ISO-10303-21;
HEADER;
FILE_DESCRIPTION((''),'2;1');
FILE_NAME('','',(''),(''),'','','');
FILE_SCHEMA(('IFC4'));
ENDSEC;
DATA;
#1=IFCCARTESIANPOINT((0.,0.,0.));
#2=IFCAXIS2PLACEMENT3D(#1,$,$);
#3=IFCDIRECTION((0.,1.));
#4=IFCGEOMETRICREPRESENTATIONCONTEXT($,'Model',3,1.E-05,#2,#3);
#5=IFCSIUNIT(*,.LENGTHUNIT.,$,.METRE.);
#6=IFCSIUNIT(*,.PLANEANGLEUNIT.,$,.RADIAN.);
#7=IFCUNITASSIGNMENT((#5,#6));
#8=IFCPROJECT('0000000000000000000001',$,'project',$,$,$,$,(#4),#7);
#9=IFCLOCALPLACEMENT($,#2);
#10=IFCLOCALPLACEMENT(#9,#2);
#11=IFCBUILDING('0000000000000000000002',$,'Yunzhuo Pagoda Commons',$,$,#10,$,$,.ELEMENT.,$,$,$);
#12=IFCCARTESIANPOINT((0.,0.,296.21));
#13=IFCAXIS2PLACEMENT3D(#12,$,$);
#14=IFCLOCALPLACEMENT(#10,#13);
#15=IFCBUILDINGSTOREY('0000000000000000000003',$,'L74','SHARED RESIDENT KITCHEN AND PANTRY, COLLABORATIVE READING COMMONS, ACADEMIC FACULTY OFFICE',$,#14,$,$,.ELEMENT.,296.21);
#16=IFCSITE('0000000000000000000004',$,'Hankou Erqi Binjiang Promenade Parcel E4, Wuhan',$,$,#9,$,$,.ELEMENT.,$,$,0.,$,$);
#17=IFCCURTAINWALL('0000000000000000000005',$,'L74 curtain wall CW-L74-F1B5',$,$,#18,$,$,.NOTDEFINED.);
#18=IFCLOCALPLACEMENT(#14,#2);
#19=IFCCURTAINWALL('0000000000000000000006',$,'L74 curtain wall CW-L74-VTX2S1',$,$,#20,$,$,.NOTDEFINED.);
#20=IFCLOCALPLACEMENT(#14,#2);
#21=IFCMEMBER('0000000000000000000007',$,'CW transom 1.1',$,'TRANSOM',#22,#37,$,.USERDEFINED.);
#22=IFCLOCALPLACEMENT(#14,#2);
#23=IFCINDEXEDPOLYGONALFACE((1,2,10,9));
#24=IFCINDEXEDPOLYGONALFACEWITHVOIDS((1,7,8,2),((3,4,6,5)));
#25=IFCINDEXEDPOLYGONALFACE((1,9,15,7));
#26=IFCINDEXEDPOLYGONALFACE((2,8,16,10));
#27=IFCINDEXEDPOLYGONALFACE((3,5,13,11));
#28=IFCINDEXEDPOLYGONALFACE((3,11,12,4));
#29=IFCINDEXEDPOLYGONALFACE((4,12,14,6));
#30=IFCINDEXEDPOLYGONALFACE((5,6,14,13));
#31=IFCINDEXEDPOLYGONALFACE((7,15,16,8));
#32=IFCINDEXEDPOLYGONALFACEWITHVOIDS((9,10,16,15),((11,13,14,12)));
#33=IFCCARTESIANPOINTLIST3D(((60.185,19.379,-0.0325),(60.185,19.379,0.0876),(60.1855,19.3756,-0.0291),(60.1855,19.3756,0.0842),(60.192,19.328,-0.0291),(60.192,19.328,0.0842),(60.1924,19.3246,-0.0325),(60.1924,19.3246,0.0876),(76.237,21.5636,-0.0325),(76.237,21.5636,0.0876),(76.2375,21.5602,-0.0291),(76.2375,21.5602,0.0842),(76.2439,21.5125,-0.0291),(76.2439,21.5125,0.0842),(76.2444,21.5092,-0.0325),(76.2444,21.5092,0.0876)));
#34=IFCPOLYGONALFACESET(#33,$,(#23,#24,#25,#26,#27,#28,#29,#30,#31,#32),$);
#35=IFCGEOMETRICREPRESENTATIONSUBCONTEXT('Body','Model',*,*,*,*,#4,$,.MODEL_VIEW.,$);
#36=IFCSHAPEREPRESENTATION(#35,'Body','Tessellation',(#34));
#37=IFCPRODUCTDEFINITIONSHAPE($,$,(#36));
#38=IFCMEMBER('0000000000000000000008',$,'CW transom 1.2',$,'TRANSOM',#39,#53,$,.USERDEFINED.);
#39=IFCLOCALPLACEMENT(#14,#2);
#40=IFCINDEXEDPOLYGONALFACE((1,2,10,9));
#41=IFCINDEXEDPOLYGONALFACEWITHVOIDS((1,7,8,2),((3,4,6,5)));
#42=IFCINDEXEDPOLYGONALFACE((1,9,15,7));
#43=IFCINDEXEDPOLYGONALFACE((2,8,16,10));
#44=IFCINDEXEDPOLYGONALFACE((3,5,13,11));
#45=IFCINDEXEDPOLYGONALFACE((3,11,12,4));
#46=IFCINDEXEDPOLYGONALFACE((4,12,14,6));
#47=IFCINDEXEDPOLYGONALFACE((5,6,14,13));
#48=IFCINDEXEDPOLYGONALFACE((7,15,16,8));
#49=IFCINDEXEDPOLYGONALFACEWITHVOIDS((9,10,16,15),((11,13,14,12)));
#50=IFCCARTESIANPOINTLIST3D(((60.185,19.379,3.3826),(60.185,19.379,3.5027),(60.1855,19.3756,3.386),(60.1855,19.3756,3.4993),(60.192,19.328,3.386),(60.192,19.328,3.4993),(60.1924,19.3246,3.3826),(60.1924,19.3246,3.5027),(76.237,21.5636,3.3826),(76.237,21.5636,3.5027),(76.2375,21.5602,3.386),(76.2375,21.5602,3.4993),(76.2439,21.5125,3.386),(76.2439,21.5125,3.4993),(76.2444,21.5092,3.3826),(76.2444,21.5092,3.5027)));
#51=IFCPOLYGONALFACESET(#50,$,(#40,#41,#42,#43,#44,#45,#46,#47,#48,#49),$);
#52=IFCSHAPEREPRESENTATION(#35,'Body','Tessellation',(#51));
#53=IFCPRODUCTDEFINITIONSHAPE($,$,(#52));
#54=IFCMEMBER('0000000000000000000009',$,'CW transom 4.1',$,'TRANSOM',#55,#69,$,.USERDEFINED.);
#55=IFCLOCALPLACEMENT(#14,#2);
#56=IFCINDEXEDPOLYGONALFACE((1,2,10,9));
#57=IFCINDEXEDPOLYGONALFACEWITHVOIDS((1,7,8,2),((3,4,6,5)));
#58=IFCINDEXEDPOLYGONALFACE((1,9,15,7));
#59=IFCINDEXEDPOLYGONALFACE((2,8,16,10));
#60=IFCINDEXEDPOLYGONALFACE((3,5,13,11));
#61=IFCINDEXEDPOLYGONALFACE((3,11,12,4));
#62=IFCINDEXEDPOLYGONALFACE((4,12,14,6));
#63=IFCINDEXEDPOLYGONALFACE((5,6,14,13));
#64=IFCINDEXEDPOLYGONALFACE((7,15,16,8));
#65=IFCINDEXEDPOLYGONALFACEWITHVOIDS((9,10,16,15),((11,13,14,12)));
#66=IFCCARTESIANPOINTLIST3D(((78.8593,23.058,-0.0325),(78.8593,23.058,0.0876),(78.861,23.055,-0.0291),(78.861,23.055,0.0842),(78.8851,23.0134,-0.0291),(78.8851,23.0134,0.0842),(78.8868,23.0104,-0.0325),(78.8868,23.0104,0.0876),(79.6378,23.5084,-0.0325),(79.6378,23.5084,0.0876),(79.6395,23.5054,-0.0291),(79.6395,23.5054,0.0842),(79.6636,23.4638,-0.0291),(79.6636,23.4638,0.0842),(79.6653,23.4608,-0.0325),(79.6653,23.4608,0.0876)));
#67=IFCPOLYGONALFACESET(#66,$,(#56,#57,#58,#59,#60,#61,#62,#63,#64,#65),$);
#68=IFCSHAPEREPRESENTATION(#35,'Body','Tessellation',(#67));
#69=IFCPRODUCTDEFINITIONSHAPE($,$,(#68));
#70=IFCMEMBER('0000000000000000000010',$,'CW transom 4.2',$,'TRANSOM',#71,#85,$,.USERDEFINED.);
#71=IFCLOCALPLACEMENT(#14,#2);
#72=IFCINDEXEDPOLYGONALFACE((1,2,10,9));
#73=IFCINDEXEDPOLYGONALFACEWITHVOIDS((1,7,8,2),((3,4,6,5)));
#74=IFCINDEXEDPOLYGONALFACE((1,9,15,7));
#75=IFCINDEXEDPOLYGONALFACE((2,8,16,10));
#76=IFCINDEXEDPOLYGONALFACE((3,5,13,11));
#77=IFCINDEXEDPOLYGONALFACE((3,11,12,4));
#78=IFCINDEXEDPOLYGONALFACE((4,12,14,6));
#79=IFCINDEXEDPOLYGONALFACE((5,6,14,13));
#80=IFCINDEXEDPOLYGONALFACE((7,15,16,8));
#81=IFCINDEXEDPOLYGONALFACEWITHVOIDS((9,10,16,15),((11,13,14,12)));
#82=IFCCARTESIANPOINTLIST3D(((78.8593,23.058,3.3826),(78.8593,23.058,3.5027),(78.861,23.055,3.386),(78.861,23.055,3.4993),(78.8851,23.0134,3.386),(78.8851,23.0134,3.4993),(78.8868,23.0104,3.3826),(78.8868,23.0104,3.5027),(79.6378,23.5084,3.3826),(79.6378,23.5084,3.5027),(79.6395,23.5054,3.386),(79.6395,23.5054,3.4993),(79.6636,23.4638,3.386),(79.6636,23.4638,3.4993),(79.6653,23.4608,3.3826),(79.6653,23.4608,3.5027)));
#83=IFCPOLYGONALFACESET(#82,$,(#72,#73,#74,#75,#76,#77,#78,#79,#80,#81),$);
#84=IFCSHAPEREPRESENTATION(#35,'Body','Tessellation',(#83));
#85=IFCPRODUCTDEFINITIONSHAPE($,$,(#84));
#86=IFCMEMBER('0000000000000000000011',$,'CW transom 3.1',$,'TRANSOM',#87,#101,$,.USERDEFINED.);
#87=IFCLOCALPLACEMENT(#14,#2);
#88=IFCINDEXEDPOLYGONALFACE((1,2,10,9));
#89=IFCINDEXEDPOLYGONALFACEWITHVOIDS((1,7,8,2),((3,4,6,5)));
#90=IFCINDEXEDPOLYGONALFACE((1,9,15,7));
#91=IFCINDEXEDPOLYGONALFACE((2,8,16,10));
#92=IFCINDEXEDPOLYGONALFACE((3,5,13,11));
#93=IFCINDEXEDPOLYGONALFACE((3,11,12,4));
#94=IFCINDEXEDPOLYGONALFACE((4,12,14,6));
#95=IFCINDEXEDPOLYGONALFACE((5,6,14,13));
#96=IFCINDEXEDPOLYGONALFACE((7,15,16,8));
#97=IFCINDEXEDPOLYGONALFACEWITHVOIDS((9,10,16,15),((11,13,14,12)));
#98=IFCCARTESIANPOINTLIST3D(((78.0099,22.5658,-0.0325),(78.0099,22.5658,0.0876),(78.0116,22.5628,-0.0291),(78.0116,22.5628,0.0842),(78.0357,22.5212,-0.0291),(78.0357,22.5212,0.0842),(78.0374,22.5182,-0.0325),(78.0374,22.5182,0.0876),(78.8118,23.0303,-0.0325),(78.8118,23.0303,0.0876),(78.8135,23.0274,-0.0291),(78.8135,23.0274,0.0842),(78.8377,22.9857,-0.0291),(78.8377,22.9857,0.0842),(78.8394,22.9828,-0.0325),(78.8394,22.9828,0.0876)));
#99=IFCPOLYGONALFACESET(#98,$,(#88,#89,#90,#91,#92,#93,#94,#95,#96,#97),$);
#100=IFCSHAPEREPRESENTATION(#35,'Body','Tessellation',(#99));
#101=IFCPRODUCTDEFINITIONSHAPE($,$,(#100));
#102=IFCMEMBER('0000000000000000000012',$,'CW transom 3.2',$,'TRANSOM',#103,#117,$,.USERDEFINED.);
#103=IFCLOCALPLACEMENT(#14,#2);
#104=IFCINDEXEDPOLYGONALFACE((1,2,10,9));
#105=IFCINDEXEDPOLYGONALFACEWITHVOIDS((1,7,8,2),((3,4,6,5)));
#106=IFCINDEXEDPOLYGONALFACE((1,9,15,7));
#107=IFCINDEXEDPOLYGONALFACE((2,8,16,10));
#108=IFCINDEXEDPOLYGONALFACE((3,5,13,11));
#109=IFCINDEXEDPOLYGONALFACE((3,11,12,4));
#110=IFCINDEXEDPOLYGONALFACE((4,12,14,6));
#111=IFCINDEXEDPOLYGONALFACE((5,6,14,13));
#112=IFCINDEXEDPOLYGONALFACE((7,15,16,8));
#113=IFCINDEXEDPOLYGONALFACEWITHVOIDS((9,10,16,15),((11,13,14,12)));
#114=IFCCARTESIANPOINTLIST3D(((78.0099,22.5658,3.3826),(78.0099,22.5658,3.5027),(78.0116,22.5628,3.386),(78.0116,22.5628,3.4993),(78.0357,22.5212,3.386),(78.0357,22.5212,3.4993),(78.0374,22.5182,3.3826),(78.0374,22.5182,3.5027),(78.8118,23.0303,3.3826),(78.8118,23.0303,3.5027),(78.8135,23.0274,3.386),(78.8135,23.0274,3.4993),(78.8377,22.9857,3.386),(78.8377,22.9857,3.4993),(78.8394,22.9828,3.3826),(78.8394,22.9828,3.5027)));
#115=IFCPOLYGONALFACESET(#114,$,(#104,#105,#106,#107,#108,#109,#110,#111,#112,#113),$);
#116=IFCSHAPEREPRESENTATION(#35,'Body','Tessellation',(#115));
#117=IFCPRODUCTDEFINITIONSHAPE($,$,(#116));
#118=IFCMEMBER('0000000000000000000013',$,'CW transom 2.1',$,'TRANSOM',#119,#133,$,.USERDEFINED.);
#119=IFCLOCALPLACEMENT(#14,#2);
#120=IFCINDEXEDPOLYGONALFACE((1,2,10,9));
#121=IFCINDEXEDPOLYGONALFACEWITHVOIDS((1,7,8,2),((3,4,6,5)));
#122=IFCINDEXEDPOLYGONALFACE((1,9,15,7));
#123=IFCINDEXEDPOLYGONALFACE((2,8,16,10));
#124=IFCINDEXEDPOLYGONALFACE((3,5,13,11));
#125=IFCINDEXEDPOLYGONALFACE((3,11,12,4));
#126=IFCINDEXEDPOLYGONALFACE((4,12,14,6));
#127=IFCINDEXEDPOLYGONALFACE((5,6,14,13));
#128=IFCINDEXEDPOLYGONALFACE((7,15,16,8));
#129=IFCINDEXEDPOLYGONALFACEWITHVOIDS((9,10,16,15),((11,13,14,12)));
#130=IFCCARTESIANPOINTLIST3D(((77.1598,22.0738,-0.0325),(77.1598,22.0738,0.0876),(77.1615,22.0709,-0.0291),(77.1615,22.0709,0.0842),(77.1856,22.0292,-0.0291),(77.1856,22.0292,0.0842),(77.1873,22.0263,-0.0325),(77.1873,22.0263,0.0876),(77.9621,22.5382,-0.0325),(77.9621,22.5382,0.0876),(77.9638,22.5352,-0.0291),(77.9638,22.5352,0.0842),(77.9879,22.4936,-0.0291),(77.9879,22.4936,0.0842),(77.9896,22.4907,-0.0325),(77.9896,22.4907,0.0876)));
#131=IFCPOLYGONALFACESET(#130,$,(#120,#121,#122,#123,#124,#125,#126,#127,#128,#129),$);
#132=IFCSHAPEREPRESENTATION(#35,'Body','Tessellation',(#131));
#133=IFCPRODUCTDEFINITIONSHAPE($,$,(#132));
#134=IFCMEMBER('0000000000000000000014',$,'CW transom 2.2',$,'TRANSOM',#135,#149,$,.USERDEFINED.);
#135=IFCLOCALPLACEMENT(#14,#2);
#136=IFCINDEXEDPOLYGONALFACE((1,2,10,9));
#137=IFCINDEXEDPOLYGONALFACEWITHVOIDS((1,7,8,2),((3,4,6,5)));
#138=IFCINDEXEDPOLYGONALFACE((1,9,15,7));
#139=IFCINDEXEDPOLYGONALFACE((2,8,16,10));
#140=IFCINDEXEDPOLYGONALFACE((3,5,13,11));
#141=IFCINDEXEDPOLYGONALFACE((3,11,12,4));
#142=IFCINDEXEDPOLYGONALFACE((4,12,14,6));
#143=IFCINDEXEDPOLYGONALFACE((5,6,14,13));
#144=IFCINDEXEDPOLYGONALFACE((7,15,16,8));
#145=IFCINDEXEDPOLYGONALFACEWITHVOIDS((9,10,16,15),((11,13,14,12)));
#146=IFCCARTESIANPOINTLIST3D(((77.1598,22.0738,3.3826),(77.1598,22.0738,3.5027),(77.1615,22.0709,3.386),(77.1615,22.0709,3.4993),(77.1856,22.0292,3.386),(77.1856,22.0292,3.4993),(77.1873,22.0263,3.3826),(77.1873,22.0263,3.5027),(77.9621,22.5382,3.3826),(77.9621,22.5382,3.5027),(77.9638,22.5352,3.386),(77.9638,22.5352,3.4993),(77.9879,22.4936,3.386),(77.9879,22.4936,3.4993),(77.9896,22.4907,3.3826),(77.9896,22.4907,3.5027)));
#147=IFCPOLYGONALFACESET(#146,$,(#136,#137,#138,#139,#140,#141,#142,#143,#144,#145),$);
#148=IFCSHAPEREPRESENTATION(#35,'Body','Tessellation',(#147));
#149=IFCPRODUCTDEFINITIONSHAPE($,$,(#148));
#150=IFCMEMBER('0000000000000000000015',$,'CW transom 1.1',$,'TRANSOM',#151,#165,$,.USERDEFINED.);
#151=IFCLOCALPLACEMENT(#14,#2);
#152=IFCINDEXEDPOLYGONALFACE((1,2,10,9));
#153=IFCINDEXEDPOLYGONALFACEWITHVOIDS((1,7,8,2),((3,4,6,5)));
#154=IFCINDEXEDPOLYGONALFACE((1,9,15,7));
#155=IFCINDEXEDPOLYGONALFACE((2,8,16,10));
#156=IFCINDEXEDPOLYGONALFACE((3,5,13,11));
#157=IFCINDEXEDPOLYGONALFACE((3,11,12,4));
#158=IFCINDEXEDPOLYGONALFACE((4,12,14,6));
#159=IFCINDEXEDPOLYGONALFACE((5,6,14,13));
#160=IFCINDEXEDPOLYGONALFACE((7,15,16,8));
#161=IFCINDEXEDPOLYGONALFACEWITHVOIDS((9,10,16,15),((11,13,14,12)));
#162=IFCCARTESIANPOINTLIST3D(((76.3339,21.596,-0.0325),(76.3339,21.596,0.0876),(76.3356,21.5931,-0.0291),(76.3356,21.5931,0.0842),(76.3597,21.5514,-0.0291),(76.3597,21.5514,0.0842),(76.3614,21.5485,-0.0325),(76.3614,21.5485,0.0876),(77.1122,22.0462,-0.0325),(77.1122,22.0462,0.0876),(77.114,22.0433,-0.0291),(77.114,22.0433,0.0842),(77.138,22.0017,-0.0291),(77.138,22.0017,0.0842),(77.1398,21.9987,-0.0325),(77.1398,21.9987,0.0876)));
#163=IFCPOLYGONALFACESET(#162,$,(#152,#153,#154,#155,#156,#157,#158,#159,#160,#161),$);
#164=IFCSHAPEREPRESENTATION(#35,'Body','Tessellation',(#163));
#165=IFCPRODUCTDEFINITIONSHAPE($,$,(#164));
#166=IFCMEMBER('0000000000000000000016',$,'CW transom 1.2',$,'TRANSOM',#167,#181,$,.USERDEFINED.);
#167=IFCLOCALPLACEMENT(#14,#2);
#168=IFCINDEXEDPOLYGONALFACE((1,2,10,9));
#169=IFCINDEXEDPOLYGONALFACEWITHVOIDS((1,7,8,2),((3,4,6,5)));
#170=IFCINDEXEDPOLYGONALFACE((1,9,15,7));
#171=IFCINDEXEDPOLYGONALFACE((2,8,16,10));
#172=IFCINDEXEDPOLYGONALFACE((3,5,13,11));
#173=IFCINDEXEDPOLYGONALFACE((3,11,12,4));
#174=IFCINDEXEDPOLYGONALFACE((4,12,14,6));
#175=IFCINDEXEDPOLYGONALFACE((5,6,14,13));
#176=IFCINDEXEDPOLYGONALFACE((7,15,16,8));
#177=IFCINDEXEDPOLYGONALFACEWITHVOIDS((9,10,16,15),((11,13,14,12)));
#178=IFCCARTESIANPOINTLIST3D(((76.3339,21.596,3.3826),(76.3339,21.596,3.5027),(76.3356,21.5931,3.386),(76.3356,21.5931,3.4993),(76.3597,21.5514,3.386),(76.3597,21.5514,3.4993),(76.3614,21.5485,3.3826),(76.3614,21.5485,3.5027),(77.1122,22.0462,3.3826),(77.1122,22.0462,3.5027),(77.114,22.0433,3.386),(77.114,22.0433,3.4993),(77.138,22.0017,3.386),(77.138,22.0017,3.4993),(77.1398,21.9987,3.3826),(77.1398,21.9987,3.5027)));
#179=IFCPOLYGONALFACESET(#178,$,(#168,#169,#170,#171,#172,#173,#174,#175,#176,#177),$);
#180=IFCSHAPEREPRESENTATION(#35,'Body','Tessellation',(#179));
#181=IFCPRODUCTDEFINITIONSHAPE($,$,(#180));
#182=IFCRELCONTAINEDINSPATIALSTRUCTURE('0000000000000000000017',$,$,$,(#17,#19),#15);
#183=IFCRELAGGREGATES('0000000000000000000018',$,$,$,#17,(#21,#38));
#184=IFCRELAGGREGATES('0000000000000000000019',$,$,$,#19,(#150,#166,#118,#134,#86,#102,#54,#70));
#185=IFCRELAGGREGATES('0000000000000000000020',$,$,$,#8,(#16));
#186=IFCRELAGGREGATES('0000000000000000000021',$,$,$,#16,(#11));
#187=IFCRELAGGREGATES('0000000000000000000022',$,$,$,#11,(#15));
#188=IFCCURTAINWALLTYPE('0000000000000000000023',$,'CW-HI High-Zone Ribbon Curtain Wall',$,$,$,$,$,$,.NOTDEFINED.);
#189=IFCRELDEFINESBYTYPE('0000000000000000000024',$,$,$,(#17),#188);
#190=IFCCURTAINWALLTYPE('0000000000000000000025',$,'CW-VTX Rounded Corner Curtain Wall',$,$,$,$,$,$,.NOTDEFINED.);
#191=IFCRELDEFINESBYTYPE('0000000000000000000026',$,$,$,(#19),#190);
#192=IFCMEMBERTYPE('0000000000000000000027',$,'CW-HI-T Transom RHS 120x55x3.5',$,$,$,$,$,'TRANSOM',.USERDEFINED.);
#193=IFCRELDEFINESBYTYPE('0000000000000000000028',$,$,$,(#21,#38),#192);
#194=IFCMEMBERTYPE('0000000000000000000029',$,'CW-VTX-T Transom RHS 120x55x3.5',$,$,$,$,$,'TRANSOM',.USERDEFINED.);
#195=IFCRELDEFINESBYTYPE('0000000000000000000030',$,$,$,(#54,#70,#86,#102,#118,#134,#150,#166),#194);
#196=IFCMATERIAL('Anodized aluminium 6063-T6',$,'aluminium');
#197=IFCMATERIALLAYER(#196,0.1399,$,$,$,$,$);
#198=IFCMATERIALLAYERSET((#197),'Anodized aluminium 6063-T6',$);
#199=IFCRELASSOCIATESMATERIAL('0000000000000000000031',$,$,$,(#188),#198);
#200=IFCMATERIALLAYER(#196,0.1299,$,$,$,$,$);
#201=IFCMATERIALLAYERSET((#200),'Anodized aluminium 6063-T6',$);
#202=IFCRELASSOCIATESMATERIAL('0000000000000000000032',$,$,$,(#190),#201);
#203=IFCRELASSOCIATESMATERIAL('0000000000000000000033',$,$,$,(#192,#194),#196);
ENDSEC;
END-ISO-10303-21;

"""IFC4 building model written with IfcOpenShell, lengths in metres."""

from ifc_helpers import new_model, si_unit, direction, frame, origin, origin_2d, place, context, subcontext, project, spatial, hollow_rectangle, extrude, source, transform, mapped, material, layer, layer_set, material_profile, profile_set, type_object, element, aggregate, save


model = new_model("IFC4")

# Units and contexts
model_context = context("Model", 3, precision=1e-05, world=origin(), true_north=direction((0.0, 1.0)))
body_context = subcontext(model_context, "Body", "Model", "MODEL_VIEW")
ifc_project = project(units=[si_unit("LENGTHUNIT", "METRE"), si_unit("PLANEANGLEUNIT", "RADIAN")], contexts=[model_context])

# Site, building, storey
site_placement = place(None, origin())
site = spatial("IfcSite", under=ifc_project, at=site_placement, Name="Hankou Erqi Binjiang Promenade Parcel E4, Wuhan", CompositionType="ELEMENT", RefElevation=0.0)
building_placement = place(site_placement, origin())
building = spatial("IfcBuilding", under=site, at=building_placement, Name="Yunzhuo Pagoda Commons", CompositionType="ELEMENT")
storey_placement = place(building_placement, frame((0.0, 0.0, 296.21)))
storey = spatial("IfcBuildingStorey", under=building, at=storey_placement, Name="L74", Description="SHARED RESIDENT KITCHEN AND PANTRY, COLLABORATIVE READING COMMONS, ACADEMIC FACULTY OFFICE", CompositionType="ELEMENT", Elevation=296.21)

# Shared definitions
ifc_material_1 = material(Name="Anodized aluminium 6063-T6", Category="aluminium")
ifc_layer_1 = layer(ifc_material_1, 0.1399)
ifc_layer_set_1 = layer_set([ifc_layer_1], Name="Anodized aluminium 6063-T6")
curtain_wall_type_1 = type_object("IfcCurtainWallType", Name="CW-HI High-Zone Ribbon Curtain Wall", PredefinedType="NOTDEFINED", material=ifc_layer_set_1)

# Curtain walls
curtain_wall_1_placement = place(storey_placement, origin())
curtain_wall_1 = element("IfcCurtainWall", 1, at=curtain_wall_1_placement, inside=storey, type_object=curtain_wall_type_1, Name="L74 curtain wall CW-L74-F1B5", PredefinedType="NOTDEFINED")
ifc_layer_2 = layer(ifc_material_1, 0.1299)
ifc_layer_set_2 = layer_set([ifc_layer_2], Name="Anodized aluminium 6063-T6")
curtain_wall_type_2 = type_object("IfcCurtainWallType", Name="CW-VTX Rounded Corner Curtain Wall", PredefinedType="NOTDEFINED", material=ifc_layer_set_2)
curtain_wall_2_placement = place(storey_placement, origin())
curtain_wall_2 = element("IfcCurtainWall", 2, at=curtain_wall_2_placement, inside=storey, type_object=curtain_wall_type_2, Name="L74 curtain wall CW-L74-VTX2S1", PredefinedType="NOTDEFINED")

# Members
ifc_material_profile_1 = material_profile(ifc_material_1, hollow_rectangle(XDim=0.0549, YDim=0.1201, WallThickness=0.0034, at=origin_2d()), Name="Anodized aluminium 6063-T6")
ifc_profile_set_1 = profile_set([ifc_material_profile_1], Name="Anodized aluminium 6063-T6")
member_type_1 = type_object("IfcMemberType", Name="CW-HI-T Transom RHS 120x55x3.5", ElementType="TRANSOM", PredefinedType="USERDEFINED", material=ifc_profile_set_1)
shared_shape_1 = source(origin(), body_context, "Body", "SweptSolid", [
    extrude(hollow_rectangle(XDim=0.0549, YDim=0.1201, WallThickness=0.0034, at=origin_2d()), origin(), (0.0, 0.0, 1.0), 16.2),
])
member_1_placement = place(storey_placement, frame((60.1887, 19.3518, 0.0276), z_axis=(0.990866, 0.13485, 0.0), x_axis=(-0.13485, 0.990866, 0.0)))
member_1 = element("IfcMember", 3, at=member_1_placement, type_object=member_type_1, Name="CW transom 1.1", ObjectType="TRANSOM", PredefinedType="USERDEFINED", context=body_context, shape_type="MappedRepresentation", body=[
    mapped(shared_shape_1, transform((0.0, 0.0, 0.0), scale=1.0)),
])
member_2_placement = place(storey_placement, frame((60.1887, 19.3518, 3.4426), z_axis=(0.990866, 0.13485, 0.0), x_axis=(-0.13485, 0.990866, 0.0)))
member_2 = element("IfcMember", 4, at=member_2_placement, type_object=member_type_1, Name="CW transom 1.2", ObjectType="TRANSOM", PredefinedType="USERDEFINED", context=body_context, shape_type="MappedRepresentation", body=[
    mapped(shared_shape_1, transform((0.0, 0.0, 0.0), scale=1.0)),
])
ifc_material_profile_2 = material_profile(ifc_material_1, hollow_rectangle(XDim=0.0549, YDim=0.1201, WallThickness=0.0034, at=origin_2d()), Name="Anodized aluminium 6063-T6")
ifc_profile_set_2 = profile_set([ifc_material_profile_2], Name="Anodized aluminium 6063-T6")
member_type_2 = type_object("IfcMemberType", Name="CW-VTX-T Transom RHS 120x55x3.5", ElementType="TRANSOM", PredefinedType="USERDEFINED", material=ifc_profile_set_2)
shared_shape_2 = source(origin(), body_context, "Body", "SweptSolid", [
    extrude(hollow_rectangle(XDim=0.0549, YDim=0.1201, WallThickness=0.0034, at=origin_2d()), origin(), (0.0, 0.0, 1.0), 0.8994),
])
member_3_placement = place(storey_placement, frame((78.873, 23.0342, 0.0276), z_axis=(0.865575, 0.500779, 0.0), x_axis=(-0.500779, 0.865575, 0.0)))
member_3 = element("IfcMember", 5, at=member_3_placement, type_object=member_type_2, Name="CW transom 4.1", ObjectType="TRANSOM", PredefinedType="USERDEFINED", context=body_context, shape_type="MappedRepresentation", body=[
    mapped(shared_shape_2, transform((0.0, 0.0, 0.0), scale=1.0)),
])
member_4_placement = place(storey_placement, frame((78.873, 23.0342, 3.4426), z_axis=(0.865575, 0.500779, 0.0), x_axis=(-0.500779, 0.865575, 0.0)))
member_4 = element("IfcMember", 6, at=member_4_placement, type_object=member_type_2, Name="CW transom 4.2", ObjectType="TRANSOM", PredefinedType="USERDEFINED", context=body_context, shape_type="MappedRepresentation", body=[
    mapped(shared_shape_2, transform((0.0, 0.0, 0.0), scale=1.0)),
])
shared_shape_3 = source(origin(), body_context, "Body", "SweptSolid", [
    extrude(hollow_rectangle(XDim=0.0549, YDim=0.1201, WallThickness=0.0034, at=origin_2d()), origin(), (0.0, 0.0, 1.0), 0.9268),
])
member_5_placement = place(storey_placement, frame((78.0237, 22.542, 0.0276), z_axis=(0.865294, 0.501265, 0.0), x_axis=(-0.501265, 0.865294, 0.0)))
member_5 = element("IfcMember", 7, at=member_5_placement, type_object=member_type_2, Name="CW transom 3.1", ObjectType="TRANSOM", PredefinedType="USERDEFINED", context=body_context, shape_type="MappedRepresentation", body=[
    mapped(shared_shape_3, transform((0.0, 0.0, 0.0), scale=1.0)),
])
member_6_placement = place(storey_placement, frame((78.0237, 22.542, 3.4426), z_axis=(0.865294, 0.501265, 0.0), x_axis=(-0.501265, 0.865294, 0.0)))
member_6 = element("IfcMember", 8, at=member_6_placement, type_object=member_type_2, Name="CW transom 3.2", ObjectType="TRANSOM", PredefinedType="USERDEFINED", context=body_context, shape_type="MappedRepresentation", body=[
    mapped(shared_shape_3, transform((0.0, 0.0, 0.0), scale=1.0)),
])
shared_shape_4 = source(origin(), body_context, "Body", "SweptSolid", [
    extrude(hollow_rectangle(XDim=0.0549, YDim=0.1201, WallThickness=0.0034, at=origin_2d()), origin(), (0.0, 0.0, 1.0), 0.927),
])
member_7_placement = place(storey_placement, frame((77.1736, 22.05, 0.0276), z_axis=(0.865474, 0.500953, 0.0), x_axis=(-0.500953, 0.865474, 0.0)))
member_7 = element("IfcMember", 9, at=member_7_placement, type_object=member_type_2, Name="CW transom 2.1", ObjectType="TRANSOM", PredefinedType="USERDEFINED", context=body_context, shape_type="MappedRepresentation", body=[
    mapped(shared_shape_4, transform((0.0, 0.0, 0.0), scale=1.0)),
])
member_8_placement = place(storey_placement, frame((77.1736, 22.05, 3.4426), z_axis=(0.865474, 0.500953, 0.0), x_axis=(-0.500953, 0.865474, 0.0)))
member_8 = element("IfcMember", 10, at=member_8_placement, type_object=member_type_2, Name="CW transom 2.2", ObjectType="TRANSOM", PredefinedType="USERDEFINED", context=body_context, shape_type="MappedRepresentation", body=[
    mapped(shared_shape_4, transform((0.0, 0.0, 0.0), scale=1.0)),
])
shared_shape_5 = source(origin(), body_context, "Body", "SweptSolid", [
    extrude(hollow_rectangle(XDim=0.0549, YDim=0.1201, WallThickness=0.0034, at=origin_2d()), origin(), (0.0, 0.0, 1.0), 0.8992),
])
member_9_placement = place(storey_placement, frame((76.3477, 21.5723, 0.0276), z_axis=(0.865625, 0.500694, 0.0), x_axis=(-0.500694, 0.865625, 0.0)))
member_9 = element("IfcMember", 11, at=member_9_placement, type_object=member_type_2, Name="CW transom 1.1", ObjectType="TRANSOM", PredefinedType="USERDEFINED", context=body_context, shape_type="MappedRepresentation", body=[
    mapped(shared_shape_5, transform((0.0, 0.0, 0.0), scale=1.0)),
])
member_10_placement = place(storey_placement, frame((76.3477, 21.5723, 3.4426), z_axis=(0.865625, 0.500694, 0.0), x_axis=(-0.500694, 0.865625, 0.0)))
member_10 = element("IfcMember", 12, at=member_10_placement, type_object=member_type_2, Name="CW transom 1.2", ObjectType="TRANSOM", PredefinedType="USERDEFINED", context=body_context, shape_type="MappedRepresentation", body=[
    mapped(shared_shape_5, transform((0.0, 0.0, 0.0), scale=1.0)),
])

aggregate(curtain_wall_1, [member_1, member_2])
aggregate(curtain_wall_2, [member_9, member_10, member_7, member_8, member_5, member_6, member_3, member_4])

save(model, "model.ifc")
